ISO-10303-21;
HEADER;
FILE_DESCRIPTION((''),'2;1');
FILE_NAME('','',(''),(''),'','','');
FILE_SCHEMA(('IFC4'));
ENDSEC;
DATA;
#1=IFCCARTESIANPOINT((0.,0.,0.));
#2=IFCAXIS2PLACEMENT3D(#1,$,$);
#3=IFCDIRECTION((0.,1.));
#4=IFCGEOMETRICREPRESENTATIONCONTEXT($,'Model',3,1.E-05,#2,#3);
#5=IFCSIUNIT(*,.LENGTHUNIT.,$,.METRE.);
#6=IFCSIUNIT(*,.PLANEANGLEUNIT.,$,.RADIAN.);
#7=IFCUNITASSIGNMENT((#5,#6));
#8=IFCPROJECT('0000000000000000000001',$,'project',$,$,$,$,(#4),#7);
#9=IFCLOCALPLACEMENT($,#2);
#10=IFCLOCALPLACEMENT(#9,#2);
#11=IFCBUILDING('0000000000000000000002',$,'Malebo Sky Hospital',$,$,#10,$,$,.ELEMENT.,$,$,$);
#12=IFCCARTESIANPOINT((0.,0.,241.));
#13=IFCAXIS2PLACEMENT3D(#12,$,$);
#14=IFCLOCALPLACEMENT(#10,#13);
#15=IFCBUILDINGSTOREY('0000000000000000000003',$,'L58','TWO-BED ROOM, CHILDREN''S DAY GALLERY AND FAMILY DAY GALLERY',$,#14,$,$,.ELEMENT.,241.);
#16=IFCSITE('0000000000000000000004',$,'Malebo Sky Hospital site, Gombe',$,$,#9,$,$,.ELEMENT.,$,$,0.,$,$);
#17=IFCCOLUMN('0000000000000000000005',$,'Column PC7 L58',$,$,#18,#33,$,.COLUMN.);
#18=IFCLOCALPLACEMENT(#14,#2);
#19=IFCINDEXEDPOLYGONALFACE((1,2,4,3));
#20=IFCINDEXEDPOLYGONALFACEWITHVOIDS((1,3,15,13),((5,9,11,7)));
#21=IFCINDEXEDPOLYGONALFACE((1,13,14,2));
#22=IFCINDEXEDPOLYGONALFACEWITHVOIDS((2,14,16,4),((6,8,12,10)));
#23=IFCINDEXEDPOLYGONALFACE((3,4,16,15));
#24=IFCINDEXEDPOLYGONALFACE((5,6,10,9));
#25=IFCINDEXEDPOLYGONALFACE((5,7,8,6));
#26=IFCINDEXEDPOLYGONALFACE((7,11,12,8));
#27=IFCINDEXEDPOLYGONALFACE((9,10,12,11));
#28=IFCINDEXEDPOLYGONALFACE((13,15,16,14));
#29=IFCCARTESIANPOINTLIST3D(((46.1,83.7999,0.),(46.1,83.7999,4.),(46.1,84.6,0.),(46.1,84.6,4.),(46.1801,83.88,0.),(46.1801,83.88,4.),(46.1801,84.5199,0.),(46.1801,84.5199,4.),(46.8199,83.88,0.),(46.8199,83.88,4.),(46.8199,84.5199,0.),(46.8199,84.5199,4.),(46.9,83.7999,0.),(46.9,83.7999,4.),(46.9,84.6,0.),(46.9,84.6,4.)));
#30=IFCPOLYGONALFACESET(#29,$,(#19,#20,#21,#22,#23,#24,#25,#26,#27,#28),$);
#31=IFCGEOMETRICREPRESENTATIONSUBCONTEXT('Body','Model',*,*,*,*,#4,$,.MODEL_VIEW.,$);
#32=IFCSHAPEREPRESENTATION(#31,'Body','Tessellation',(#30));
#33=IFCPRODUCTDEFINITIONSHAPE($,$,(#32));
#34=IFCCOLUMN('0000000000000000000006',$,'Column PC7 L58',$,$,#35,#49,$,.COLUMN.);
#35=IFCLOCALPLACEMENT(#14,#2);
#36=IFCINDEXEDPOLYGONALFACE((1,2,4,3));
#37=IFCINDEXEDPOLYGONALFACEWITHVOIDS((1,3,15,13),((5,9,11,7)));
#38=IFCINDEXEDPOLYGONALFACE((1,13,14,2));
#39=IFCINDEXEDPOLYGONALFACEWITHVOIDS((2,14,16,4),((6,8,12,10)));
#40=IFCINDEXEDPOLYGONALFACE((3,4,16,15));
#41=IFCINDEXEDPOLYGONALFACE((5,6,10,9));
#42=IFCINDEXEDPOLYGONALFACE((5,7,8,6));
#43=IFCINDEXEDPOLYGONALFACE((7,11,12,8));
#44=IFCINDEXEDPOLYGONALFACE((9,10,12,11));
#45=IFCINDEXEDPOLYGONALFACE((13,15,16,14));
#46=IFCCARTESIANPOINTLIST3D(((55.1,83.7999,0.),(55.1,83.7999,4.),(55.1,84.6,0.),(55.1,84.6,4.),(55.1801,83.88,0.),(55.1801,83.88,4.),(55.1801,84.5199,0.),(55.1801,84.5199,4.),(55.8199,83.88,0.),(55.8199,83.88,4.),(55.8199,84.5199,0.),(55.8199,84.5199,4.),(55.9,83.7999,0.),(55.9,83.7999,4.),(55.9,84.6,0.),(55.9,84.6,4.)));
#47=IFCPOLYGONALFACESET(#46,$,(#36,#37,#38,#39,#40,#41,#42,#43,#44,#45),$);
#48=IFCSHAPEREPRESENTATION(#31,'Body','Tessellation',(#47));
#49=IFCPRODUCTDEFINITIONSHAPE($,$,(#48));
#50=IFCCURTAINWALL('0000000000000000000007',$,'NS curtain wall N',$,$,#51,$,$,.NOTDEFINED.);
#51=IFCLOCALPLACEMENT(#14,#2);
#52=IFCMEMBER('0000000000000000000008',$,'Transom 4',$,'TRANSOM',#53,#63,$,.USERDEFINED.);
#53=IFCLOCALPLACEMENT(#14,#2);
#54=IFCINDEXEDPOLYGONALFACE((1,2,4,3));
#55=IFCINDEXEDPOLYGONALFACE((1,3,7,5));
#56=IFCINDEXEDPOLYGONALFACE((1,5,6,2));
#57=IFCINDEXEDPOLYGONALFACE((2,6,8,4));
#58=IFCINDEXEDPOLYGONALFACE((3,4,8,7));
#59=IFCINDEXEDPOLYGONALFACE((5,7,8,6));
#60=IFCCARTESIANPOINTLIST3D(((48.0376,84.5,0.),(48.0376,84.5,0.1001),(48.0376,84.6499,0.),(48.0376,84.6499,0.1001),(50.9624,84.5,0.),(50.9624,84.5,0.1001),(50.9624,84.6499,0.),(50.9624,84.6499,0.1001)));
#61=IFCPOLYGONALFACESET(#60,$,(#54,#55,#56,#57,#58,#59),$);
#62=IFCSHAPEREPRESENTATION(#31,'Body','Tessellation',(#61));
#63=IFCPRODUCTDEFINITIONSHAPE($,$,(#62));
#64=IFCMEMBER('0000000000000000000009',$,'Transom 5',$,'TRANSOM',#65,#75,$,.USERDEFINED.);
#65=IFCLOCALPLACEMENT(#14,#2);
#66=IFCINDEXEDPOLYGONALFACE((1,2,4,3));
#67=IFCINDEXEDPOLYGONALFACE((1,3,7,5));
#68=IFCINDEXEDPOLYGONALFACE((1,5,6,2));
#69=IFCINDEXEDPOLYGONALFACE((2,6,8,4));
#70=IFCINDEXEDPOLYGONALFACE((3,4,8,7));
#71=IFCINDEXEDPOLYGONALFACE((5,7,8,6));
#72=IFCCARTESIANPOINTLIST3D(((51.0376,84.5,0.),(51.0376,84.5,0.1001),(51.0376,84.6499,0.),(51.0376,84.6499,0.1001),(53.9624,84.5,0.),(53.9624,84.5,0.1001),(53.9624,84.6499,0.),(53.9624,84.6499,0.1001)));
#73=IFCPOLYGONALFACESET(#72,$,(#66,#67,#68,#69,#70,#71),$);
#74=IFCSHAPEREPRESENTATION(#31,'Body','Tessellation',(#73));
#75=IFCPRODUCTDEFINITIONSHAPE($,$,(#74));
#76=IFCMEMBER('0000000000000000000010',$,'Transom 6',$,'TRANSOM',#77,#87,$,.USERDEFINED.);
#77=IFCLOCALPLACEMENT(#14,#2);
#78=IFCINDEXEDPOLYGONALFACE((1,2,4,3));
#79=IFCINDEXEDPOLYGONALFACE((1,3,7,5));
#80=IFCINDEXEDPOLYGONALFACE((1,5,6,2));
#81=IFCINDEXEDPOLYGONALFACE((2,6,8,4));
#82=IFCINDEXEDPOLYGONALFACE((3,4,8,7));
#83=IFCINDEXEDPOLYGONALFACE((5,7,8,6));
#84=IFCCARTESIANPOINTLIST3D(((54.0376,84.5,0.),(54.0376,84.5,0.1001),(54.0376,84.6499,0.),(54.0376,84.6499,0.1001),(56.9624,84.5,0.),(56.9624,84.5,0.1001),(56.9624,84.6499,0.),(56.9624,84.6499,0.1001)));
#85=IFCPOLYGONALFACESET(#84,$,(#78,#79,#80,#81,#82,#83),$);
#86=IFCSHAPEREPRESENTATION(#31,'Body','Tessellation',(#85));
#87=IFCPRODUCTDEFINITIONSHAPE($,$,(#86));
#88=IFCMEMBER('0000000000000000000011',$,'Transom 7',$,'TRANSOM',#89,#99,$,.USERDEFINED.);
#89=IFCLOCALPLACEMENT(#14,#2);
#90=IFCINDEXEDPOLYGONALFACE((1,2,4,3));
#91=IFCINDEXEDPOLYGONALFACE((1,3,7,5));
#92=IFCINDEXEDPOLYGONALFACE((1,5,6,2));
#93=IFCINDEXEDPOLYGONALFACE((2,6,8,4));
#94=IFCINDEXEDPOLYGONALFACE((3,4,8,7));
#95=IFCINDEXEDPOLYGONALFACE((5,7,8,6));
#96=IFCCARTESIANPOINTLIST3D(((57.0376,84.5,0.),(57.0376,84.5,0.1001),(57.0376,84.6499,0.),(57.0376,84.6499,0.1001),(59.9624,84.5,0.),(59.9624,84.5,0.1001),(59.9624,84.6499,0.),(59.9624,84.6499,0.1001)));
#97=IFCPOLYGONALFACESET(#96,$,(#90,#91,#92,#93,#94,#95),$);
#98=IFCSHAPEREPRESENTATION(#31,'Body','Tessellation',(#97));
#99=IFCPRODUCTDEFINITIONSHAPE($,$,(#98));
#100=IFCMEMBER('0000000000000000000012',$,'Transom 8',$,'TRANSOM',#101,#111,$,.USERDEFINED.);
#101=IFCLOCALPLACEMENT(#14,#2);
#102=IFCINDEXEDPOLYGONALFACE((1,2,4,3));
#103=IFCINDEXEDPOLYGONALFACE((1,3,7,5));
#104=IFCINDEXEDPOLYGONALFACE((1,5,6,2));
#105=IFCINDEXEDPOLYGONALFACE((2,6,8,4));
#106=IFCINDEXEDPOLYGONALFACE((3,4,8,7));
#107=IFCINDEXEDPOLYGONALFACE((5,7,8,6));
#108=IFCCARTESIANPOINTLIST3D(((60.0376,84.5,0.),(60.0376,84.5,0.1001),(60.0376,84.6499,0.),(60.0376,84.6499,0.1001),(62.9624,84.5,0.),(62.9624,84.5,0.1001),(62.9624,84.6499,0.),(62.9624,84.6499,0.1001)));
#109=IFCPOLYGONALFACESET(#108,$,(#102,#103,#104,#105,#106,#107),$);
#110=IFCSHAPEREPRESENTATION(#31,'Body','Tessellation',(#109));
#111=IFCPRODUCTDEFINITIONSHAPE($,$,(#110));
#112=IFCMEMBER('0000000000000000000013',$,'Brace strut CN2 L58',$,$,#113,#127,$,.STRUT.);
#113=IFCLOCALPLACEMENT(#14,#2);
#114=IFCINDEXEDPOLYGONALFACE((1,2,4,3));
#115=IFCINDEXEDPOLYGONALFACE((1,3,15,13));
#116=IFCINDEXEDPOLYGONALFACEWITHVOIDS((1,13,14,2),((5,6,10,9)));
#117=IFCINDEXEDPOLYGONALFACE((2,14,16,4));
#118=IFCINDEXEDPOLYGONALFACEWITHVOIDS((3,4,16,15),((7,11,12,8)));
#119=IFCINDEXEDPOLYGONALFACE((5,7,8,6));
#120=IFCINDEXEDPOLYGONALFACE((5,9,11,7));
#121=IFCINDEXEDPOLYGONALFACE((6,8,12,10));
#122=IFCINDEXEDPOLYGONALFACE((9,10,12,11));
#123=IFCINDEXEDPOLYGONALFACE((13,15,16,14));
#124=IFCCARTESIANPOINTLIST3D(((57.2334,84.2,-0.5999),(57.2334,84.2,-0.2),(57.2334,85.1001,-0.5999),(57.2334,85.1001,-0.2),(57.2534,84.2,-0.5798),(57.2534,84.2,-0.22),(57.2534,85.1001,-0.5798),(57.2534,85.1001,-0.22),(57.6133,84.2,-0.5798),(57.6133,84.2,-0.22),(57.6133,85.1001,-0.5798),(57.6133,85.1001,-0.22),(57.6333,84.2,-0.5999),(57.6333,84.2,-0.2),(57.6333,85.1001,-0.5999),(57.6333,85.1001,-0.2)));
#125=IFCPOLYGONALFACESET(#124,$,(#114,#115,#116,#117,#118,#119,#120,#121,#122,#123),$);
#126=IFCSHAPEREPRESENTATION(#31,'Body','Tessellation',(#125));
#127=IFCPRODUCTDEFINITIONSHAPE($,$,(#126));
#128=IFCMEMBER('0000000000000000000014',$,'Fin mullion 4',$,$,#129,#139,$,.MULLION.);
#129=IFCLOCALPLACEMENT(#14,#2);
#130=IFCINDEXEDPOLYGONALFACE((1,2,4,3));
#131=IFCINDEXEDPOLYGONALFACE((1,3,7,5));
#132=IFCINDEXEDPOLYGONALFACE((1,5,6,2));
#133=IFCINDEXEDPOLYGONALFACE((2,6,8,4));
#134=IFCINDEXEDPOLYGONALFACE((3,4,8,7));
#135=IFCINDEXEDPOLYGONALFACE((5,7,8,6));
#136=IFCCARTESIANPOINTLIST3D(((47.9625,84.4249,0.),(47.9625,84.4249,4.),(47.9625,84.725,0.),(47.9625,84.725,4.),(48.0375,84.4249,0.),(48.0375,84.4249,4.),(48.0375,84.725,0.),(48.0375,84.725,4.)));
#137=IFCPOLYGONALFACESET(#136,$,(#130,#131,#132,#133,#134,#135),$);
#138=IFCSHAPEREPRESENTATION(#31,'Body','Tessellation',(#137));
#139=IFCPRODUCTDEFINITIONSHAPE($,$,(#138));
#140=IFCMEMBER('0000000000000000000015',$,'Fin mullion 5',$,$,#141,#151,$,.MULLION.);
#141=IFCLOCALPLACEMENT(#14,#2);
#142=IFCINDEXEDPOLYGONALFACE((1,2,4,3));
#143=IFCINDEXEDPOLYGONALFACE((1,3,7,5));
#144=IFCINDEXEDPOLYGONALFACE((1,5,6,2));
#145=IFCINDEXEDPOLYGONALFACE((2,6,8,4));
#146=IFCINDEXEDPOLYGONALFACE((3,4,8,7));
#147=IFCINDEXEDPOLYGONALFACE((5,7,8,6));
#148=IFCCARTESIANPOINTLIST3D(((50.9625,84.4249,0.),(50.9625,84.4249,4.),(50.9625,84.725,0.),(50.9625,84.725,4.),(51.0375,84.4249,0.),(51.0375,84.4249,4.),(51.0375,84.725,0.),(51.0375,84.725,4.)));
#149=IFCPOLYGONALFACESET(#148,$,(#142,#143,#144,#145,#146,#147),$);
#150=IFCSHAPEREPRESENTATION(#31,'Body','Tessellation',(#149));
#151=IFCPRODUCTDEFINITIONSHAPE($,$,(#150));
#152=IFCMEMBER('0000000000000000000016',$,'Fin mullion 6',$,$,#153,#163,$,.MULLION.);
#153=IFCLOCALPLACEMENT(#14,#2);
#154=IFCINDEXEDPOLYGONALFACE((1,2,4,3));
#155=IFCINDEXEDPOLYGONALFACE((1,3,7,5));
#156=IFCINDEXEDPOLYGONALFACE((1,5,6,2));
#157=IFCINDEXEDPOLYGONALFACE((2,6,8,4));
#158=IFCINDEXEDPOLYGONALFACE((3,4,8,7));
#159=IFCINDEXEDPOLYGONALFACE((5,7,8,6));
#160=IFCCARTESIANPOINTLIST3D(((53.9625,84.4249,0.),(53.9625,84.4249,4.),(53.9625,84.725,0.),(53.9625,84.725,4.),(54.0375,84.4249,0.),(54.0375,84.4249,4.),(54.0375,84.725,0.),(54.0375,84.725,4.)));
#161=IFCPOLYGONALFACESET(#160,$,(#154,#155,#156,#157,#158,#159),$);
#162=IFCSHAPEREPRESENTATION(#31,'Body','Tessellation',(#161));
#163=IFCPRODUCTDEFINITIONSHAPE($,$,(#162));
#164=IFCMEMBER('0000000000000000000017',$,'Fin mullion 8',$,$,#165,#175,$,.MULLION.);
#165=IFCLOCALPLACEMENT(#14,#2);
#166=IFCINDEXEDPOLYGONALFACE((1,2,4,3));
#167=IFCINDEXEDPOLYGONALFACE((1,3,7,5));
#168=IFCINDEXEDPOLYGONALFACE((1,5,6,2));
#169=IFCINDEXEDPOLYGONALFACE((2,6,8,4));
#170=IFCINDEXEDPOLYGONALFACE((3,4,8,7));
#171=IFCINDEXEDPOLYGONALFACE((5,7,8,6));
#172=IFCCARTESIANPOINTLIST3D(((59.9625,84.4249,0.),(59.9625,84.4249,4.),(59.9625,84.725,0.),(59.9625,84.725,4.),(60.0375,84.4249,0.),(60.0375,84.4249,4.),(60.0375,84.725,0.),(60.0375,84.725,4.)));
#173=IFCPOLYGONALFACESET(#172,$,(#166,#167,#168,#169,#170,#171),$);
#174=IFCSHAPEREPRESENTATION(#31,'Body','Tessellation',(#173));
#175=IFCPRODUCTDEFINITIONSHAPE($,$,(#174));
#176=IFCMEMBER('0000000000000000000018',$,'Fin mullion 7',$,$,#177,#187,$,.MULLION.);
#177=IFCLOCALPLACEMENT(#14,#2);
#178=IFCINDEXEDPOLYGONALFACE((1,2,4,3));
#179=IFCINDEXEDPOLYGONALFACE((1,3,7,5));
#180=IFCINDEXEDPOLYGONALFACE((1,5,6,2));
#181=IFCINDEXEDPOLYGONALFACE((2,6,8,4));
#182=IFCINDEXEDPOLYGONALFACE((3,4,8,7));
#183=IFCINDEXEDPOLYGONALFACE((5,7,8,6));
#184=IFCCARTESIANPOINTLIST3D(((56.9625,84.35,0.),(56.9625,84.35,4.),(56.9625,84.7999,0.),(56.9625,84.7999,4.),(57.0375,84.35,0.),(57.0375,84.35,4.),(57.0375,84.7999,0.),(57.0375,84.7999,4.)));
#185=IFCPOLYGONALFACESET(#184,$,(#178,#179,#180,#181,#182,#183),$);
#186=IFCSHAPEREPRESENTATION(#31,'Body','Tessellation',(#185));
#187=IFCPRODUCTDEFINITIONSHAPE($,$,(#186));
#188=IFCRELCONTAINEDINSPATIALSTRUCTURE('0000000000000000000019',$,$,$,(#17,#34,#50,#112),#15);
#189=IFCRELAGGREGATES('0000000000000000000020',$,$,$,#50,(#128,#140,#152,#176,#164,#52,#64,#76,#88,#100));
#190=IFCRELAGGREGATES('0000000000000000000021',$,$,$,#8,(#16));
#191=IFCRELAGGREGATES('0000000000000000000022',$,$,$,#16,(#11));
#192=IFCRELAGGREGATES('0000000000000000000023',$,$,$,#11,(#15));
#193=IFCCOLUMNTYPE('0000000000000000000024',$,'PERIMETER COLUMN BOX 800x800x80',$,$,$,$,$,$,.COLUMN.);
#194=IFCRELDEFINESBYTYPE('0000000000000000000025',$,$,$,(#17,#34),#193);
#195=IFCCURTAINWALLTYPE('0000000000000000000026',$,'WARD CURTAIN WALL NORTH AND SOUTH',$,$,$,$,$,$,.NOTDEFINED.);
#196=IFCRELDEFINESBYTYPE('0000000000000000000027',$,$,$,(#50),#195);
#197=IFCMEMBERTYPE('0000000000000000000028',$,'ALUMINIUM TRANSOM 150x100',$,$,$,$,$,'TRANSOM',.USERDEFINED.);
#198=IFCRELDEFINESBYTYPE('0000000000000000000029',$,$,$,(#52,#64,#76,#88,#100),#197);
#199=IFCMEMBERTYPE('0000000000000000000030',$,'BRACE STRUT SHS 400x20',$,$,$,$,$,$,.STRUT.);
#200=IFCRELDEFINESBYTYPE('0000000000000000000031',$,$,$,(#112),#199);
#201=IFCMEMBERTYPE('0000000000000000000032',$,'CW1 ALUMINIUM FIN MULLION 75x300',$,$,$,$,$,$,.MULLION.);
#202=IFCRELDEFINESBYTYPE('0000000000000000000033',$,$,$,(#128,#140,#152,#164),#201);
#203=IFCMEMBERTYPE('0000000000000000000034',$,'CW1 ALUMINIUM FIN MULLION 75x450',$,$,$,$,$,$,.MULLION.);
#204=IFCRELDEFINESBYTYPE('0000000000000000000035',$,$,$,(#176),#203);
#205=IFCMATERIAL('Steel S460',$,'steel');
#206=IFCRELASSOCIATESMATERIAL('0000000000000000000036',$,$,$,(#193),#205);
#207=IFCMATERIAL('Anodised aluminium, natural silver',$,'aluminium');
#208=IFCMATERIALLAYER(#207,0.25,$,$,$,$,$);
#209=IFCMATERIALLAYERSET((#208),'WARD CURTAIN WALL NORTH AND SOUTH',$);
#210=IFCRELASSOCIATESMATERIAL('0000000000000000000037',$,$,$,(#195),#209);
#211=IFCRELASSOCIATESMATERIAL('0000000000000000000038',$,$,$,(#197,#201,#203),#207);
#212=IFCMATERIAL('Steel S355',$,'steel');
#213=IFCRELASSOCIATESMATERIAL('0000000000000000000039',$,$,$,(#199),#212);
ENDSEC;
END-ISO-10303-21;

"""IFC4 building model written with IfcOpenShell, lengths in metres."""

from ifc_helpers import new_model, si_unit, direction, frame, origin, origin_2d, place, context, subcontext, project, spatial, rectangle, hollow_rectangle, extrude, material, layer, layer_set, material_profile, profile_set, type_object, element, aggregate, save


model = new_model("IFC4")

# Units and contexts
model_context = context("Model", 3, precision=1e-05, world=origin(), true_north=direction((0.0, 1.0)))
body_context = subcontext(model_context, "Body", "Model", "MODEL_VIEW")
ifc_project = project(units=[si_unit("LENGTHUNIT", "METRE"), si_unit("PLANEANGLEUNIT", "RADIAN")], contexts=[model_context])

# Site, building, storey
site_placement = place(None, origin())
site = spatial("IfcSite", under=ifc_project, at=site_placement, Name="Malebo Sky Hospital site, Gombe", CompositionType="ELEMENT", RefElevation=0.0)
building_placement = place(site_placement, origin())
building = spatial("IfcBuilding", under=site, at=building_placement, Name="Malebo Sky Hospital", CompositionType="ELEMENT")
storey_placement = place(building_placement, frame((0.0, 0.0, 241.0)))
storey = spatial("IfcBuildingStorey", under=building, at=storey_placement, Name="L58", Description="TWO-BED ROOM, CHILDREN'S DAY GALLERY AND FAMILY DAY GALLERY", CompositionType="ELEMENT", Elevation=241.0)

# Columns
ifc_material_1 = material(Name="Steel S460", Category="steel")
ifc_material_profile_1 = material_profile(ifc_material_1, hollow_rectangle(XDim=0.8, YDim=0.8, WallThickness=0.0801, at=origin_2d()), Name="BOX 800x800x80")
ifc_profile_set_1 = profile_set([ifc_material_profile_1], Name="Steel S460")
column_type = type_object("IfcColumnType", Name="PERIMETER COLUMN BOX 800x800x80", PredefinedType="COLUMN", material=ifc_profile_set_1)
for number, where, z_axis, x_axis, name in (
    (1, (46.5, 84.2, 0.0), (0.0, 0.0, 1.0), (1.0, 0.0, 0.0), "Column PC7 L58"),
    (2, (55.5, 84.2, 0.0), (0.0, 0.0, 1.0), (1.0, 0.0, 0.0), "Column PC7 L58"),
):
    element("IfcColumn", number, at=place(storey_placement, frame(where, z_axis=z_axis, x_axis=x_axis)), inside=storey, type_object=column_type, Name=name, PredefinedType="COLUMN", context=body_context, shape_type="SweptSolid", body=[
        extrude(hollow_rectangle(XDim=0.8, YDim=0.8, WallThickness=0.0801, at=origin_2d()), origin(), (0.0, 0.0, 1.0), 4.0),
    ])

# Curtain wall, members
ifc_material_2 = material(Name="Anodised aluminium, natural silver", Category="aluminium")
ifc_layer_1 = layer(ifc_material_2, 0.25)
ifc_layer_set_1 = layer_set([ifc_layer_1], Name="WARD CURTAIN WALL NORTH AND SOUTH")
curtain_wall_type = type_object("IfcCurtainWallType", Name="WARD CURTAIN WALL NORTH AND SOUTH", PredefinedType="NOTDEFINED", material=ifc_layer_set_1)
curtain_wall_placement = place(storey_placement, origin())
curtain_wall = element("IfcCurtainWall", 3, at=curtain_wall_placement, inside=storey, type_object=curtain_wall_type, Name="NS curtain wall N", PredefinedType="NOTDEFINED")
ifc_material_profile_2 = material_profile(ifc_material_2, rectangle(XDim=0.1499, YDim=0.1001, at=origin_2d()), Name="ALUMINIUM TRANSOM 150x100")
ifc_profile_set_2 = profile_set([ifc_material_profile_2], Name="Anodised aluminium, natural silver")
member_type_1 = type_object("IfcMemberType", Name="ALUMINIUM TRANSOM 150x100", ElementType="TRANSOM", PredefinedType="USERDEFINED", material=ifc_profile_set_2)
member_1_placement = place(storey_placement, frame((48.0376, 84.575, 0.05), z_axis=(1.0, 0.0, 0.0), x_axis=(0.0, 1.0, 0.0)))
member_1 = element("IfcMember", 4, at=member_1_placement, type_object=member_type_1, Name="Transom 4", ObjectType="TRANSOM", PredefinedType="USERDEFINED", context=body_context, shape_type="SweptSolid", body=[
    extrude(rectangle(XDim=0.1499, YDim=0.1001, at=origin_2d()), origin(), (0.0, 0.0, 1.0), 2.9248),
])
member_2_placement = place(storey_placement, frame((51.0376, 84.575, 0.05), z_axis=(1.0, 0.0, 0.0), x_axis=(0.0, 1.0, 0.0)))
member_2 = element("IfcMember", 5, at=member_2_placement, type_object=member_type_1, Name="Transom 5", ObjectType="TRANSOM", PredefinedType="USERDEFINED", context=body_context, shape_type="SweptSolid", body=[
    extrude(rectangle(XDim=0.1499, YDim=0.1001, at=origin_2d()), origin(), (0.0, 0.0, 1.0), 2.9248),
])
member_3_placement = place(storey_placement, frame((54.0376, 84.575, 0.05), z_axis=(1.0, 0.0, 0.0), x_axis=(0.0, 1.0, 0.0)))
member_3 = element("IfcMember", 6, at=member_3_placement, type_object=member_type_1, Name="Transom 6", ObjectType="TRANSOM", PredefinedType="USERDEFINED", context=body_context, shape_type="SweptSolid", body=[
    extrude(rectangle(XDim=0.1499, YDim=0.1001, at=origin_2d()), origin(), (0.0, 0.0, 1.0), 2.9248),
])
member_4_placement = place(storey_placement, frame((57.0376, 84.575, 0.05), z_axis=(1.0, 0.0, 0.0), x_axis=(0.0, 1.0, 0.0)))
member_4 = element("IfcMember", 7, at=member_4_placement, type_object=member_type_1, Name="Transom 7", ObjectType="TRANSOM", PredefinedType="USERDEFINED", context=body_context, shape_type="SweptSolid", body=[
    extrude(rectangle(XDim=0.1499, YDim=0.1001, at=origin_2d()), origin(), (0.0, 0.0, 1.0), 2.9248),
])
member_5_placement = place(storey_placement, frame((60.0376, 84.575, 0.05), z_axis=(1.0, 0.0, 0.0), x_axis=(0.0, 1.0, 0.0)))
member_5 = element("IfcMember", 8, at=member_5_placement, type_object=member_type_1, Name="Transom 8", ObjectType="TRANSOM", PredefinedType="USERDEFINED", context=body_context, shape_type="SweptSolid", body=[
    extrude(rectangle(XDim=0.1499, YDim=0.1001, at=origin_2d()), origin(), (0.0, 0.0, 1.0), 2.9248),
])

# Members
ifc_material_3 = material(Name="Steel S355", Category="steel")
ifc_material_profile_3 = material_profile(ifc_material_3, hollow_rectangle(XDim=0.3999, YDim=0.3999, WallThickness=0.02, at=origin_2d()), Name="SHS 400x20")
ifc_profile_set_3 = profile_set([ifc_material_profile_3], Name="Steel S355")
member_type_2 = type_object("IfcMemberType", Name="BRACE STRUT SHS 400x20", PredefinedType="STRUT", material=ifc_profile_set_3)
member_6_placement = place(storey_placement, frame((57.4333, 85.1001, -0.3999), z_axis=(0.0, -1.0, 0.0), x_axis=(1.0, 0.0, 0.0)))
element("IfcMember", 9, at=member_6_placement, inside=storey, type_object=member_type_2, Name="Brace strut CN2 L58", PredefinedType="STRUT", context=body_context, shape_type="SweptSolid", body=[
    extrude(hollow_rectangle(XDim=0.3999, YDim=0.3999, WallThickness=0.02, at=origin_2d()), origin(), (0.0, 0.0, 1.0), 0.9001),
])
ifc_material_profile_4 = material_profile(ifc_material_2, rectangle(XDim=0.075, YDim=0.3, at=origin_2d()), Name="CW1 ALUMINIUM FIN MULLION 75x300")
ifc_profile_set_4 = profile_set([ifc_material_profile_4], Name="Anodised aluminium, natural silver")
member_type_3 = type_object("IfcMemberType", Name="CW1 ALUMINIUM FIN MULLION 75x300", PredefinedType="MULLION", material=ifc_profile_set_4)
member_7_placement = place(storey_placement, frame((48.0, 84.575, 0.0), z_axis=(0.0, 0.0, 1.0), x_axis=(1.0, 0.0, 0.0)))
member_7 = element("IfcMember", 10, at=member_7_placement, type_object=member_type_3, Name="Fin mullion 4", PredefinedType="MULLION", context=body_context, shape_type="SweptSolid", body=[
    extrude(rectangle(XDim=0.075, YDim=0.3, at=origin_2d()), origin(), (0.0, 0.0, 1.0), 4.0),
])
member_8_placement = place(storey_placement, frame((51.0, 84.575, 0.0), z_axis=(0.0, 0.0, 1.0), x_axis=(1.0, 0.0, 0.0)))
member_8 = element("IfcMember", 11, at=member_8_placement, type_object=member_type_3, Name="Fin mullion 5", PredefinedType="MULLION", context=body_context, shape_type="SweptSolid", body=[
    extrude(rectangle(XDim=0.075, YDim=0.3, at=origin_2d()), origin(), (0.0, 0.0, 1.0), 4.0),
])
member_9_placement = place(storey_placement, frame((54.0, 84.575, 0.0), z_axis=(0.0, 0.0, 1.0), x_axis=(1.0, 0.0, 0.0)))
member_9 = element("IfcMember", 12, at=member_9_placement, type_object=member_type_3, Name="Fin mullion 6", PredefinedType="MULLION", context=body_context, shape_type="SweptSolid", body=[
    extrude(rectangle(XDim=0.075, YDim=0.3, at=origin_2d()), origin(), (0.0, 0.0, 1.0), 4.0),
])
member_10_placement = place(storey_placement, frame((60.0, 84.575, 0.0), z_axis=(0.0, 0.0, 1.0), x_axis=(1.0, 0.0, 0.0)))
member_10 = element("IfcMember", 13, at=member_10_placement, type_object=member_type_3, Name="Fin mullion 8", PredefinedType="MULLION", context=body_context, shape_type="SweptSolid", body=[
    extrude(rectangle(XDim=0.075, YDim=0.3, at=origin_2d()), origin(), (0.0, 0.0, 1.0), 4.0),
])
ifc_material_profile_5 = material_profile(ifc_material_2, rectangle(XDim=0.075, YDim=0.45, at=origin_2d()), Name="CW1 ALUMINIUM FIN MULLION 75x450")
ifc_profile_set_5 = profile_set([ifc_material_profile_5], Name="Anodised aluminium, natural silver")
member_type_4 = type_object("IfcMemberType", Name="CW1 ALUMINIUM FIN MULLION 75x450", PredefinedType="MULLION", material=ifc_profile_set_5)
member_11_placement = place(storey_placement, frame((57.0, 84.575, 0.0), z_axis=(0.0, 0.0, 1.0), x_axis=(1.0, 0.0, 0.0)))
member_11 = element("IfcMember", 14, at=member_11_placement, type_object=member_type_4, Name="Fin mullion 7", PredefinedType="MULLION", context=body_context, shape_type="SweptSolid", body=[
    extrude(rectangle(XDim=0.075, YDim=0.45, at=origin_2d()), origin(), (0.0, 0.0, 1.0), 4.0),
])

aggregate(curtain_wall, [member_7, member_8, member_9, member_11, member_10, member_1, member_2, member_3, member_4, member_5])

save(model, "model.ifc")
